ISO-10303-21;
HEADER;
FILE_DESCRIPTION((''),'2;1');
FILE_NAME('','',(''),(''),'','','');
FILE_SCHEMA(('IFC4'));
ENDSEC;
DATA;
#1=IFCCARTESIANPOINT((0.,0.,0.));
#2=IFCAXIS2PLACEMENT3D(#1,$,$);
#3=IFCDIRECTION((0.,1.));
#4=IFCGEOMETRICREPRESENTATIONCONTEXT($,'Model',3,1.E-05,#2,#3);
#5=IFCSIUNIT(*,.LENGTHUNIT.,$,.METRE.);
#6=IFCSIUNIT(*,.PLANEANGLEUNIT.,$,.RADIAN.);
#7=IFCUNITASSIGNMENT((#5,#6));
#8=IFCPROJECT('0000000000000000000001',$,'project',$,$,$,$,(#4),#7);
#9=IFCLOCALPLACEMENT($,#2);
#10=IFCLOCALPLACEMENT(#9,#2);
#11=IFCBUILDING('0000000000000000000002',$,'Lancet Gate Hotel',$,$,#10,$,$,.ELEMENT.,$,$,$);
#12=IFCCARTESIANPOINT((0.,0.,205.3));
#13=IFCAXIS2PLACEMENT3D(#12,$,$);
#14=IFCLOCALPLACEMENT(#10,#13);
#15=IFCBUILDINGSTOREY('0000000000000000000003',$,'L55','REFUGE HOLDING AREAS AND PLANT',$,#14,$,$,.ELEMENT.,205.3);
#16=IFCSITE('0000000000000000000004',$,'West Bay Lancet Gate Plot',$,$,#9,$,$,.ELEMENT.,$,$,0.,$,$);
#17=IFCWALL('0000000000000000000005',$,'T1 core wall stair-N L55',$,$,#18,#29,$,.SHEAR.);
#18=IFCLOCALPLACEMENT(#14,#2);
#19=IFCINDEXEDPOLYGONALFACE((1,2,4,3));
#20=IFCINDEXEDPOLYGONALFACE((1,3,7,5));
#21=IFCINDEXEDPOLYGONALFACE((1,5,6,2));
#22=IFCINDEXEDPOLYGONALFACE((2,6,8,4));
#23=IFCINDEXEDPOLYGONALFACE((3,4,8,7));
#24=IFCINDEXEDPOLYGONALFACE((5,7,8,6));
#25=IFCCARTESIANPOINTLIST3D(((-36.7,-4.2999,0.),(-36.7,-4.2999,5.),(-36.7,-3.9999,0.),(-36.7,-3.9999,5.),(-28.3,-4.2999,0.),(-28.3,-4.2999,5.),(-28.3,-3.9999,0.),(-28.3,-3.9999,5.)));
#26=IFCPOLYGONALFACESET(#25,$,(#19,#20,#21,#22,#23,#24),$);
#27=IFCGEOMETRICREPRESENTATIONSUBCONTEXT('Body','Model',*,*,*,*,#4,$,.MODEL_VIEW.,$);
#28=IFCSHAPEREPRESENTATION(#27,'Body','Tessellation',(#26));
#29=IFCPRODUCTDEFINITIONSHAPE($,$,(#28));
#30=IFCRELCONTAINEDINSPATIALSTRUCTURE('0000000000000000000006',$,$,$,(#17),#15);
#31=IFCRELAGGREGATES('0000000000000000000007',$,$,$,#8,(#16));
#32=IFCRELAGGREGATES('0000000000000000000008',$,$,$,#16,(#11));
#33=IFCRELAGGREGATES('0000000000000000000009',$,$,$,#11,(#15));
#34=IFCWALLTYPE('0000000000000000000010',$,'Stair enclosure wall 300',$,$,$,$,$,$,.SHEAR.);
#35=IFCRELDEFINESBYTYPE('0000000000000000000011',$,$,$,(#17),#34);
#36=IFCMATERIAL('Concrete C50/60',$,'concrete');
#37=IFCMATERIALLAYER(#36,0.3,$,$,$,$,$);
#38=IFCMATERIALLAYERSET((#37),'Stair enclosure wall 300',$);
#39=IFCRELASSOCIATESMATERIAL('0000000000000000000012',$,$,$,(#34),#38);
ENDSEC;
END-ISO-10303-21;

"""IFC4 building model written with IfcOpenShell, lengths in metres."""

from ifc_helpers import new_model, si_unit, direction, frame, frame_2d, origin, place, context, subcontext, project, spatial, rectangle, extrude, material, layer, layer_set, type_object, element, save


model = new_model("IFC4")

# Units and contexts
model_context = context("Model", 3, precision=1e-05, world=origin(), true_north=direction((0.0, 1.0)))
body_context = subcontext(model_context, "Body", "Model", "MODEL_VIEW")
ifc_project = project(units=[si_unit("LENGTHUNIT", "METRE"), si_unit("PLANEANGLEUNIT", "RADIAN")], contexts=[model_context])

# Site, building, storey
site_placement = place(None, origin())
site = spatial("IfcSite", under=ifc_project, at=site_placement, Name="West Bay Lancet Gate Plot", CompositionType="ELEMENT", RefElevation=0.0)
building_placement = place(site_placement, origin())
building = spatial("IfcBuilding", under=site, at=building_placement, Name="Lancet Gate Hotel", CompositionType="ELEMENT")
storey_placement = place(building_placement, frame((0.0, 0.0, 205.3)))
storey = spatial("IfcBuildingStorey", under=building, at=storey_placement, Name="L55", Description="REFUGE HOLDING AREAS AND PLANT", CompositionType="ELEMENT", Elevation=205.3)

# Wall
ifc_material_1 = material(Name="Concrete C50/60", Category="concrete")
ifc_layer_1 = layer(ifc_material_1, 0.3)
ifc_layer_set_1 = layer_set([ifc_layer_1], Name="Stair enclosure wall 300")
wall_type_1 = type_object("IfcWallType", Name="Stair enclosure wall 300", PredefinedType="SHEAR", material=ifc_layer_set_1)
wall_1_placement = place(storey_placement, frame((-28.3, -4.1499, 0.0), z_axis=(0.0, 0.0, 1.0), x_axis=(-1.0, 0.0, 0.0)))
element("IfcWall", 1, at=wall_1_placement, inside=storey, type_object=wall_type_1, Name="T1 core wall stair-N L55", PredefinedType="SHEAR", context=body_context, shape_type="SweptSolid", body=[
    extrude(rectangle(XDim=8.3999, YDim=0.3, at=frame_2d((4.2, 0.0))), origin(), (0.0, 0.0, 1.0), 5.0),
])

save(model, "model.ifc")
